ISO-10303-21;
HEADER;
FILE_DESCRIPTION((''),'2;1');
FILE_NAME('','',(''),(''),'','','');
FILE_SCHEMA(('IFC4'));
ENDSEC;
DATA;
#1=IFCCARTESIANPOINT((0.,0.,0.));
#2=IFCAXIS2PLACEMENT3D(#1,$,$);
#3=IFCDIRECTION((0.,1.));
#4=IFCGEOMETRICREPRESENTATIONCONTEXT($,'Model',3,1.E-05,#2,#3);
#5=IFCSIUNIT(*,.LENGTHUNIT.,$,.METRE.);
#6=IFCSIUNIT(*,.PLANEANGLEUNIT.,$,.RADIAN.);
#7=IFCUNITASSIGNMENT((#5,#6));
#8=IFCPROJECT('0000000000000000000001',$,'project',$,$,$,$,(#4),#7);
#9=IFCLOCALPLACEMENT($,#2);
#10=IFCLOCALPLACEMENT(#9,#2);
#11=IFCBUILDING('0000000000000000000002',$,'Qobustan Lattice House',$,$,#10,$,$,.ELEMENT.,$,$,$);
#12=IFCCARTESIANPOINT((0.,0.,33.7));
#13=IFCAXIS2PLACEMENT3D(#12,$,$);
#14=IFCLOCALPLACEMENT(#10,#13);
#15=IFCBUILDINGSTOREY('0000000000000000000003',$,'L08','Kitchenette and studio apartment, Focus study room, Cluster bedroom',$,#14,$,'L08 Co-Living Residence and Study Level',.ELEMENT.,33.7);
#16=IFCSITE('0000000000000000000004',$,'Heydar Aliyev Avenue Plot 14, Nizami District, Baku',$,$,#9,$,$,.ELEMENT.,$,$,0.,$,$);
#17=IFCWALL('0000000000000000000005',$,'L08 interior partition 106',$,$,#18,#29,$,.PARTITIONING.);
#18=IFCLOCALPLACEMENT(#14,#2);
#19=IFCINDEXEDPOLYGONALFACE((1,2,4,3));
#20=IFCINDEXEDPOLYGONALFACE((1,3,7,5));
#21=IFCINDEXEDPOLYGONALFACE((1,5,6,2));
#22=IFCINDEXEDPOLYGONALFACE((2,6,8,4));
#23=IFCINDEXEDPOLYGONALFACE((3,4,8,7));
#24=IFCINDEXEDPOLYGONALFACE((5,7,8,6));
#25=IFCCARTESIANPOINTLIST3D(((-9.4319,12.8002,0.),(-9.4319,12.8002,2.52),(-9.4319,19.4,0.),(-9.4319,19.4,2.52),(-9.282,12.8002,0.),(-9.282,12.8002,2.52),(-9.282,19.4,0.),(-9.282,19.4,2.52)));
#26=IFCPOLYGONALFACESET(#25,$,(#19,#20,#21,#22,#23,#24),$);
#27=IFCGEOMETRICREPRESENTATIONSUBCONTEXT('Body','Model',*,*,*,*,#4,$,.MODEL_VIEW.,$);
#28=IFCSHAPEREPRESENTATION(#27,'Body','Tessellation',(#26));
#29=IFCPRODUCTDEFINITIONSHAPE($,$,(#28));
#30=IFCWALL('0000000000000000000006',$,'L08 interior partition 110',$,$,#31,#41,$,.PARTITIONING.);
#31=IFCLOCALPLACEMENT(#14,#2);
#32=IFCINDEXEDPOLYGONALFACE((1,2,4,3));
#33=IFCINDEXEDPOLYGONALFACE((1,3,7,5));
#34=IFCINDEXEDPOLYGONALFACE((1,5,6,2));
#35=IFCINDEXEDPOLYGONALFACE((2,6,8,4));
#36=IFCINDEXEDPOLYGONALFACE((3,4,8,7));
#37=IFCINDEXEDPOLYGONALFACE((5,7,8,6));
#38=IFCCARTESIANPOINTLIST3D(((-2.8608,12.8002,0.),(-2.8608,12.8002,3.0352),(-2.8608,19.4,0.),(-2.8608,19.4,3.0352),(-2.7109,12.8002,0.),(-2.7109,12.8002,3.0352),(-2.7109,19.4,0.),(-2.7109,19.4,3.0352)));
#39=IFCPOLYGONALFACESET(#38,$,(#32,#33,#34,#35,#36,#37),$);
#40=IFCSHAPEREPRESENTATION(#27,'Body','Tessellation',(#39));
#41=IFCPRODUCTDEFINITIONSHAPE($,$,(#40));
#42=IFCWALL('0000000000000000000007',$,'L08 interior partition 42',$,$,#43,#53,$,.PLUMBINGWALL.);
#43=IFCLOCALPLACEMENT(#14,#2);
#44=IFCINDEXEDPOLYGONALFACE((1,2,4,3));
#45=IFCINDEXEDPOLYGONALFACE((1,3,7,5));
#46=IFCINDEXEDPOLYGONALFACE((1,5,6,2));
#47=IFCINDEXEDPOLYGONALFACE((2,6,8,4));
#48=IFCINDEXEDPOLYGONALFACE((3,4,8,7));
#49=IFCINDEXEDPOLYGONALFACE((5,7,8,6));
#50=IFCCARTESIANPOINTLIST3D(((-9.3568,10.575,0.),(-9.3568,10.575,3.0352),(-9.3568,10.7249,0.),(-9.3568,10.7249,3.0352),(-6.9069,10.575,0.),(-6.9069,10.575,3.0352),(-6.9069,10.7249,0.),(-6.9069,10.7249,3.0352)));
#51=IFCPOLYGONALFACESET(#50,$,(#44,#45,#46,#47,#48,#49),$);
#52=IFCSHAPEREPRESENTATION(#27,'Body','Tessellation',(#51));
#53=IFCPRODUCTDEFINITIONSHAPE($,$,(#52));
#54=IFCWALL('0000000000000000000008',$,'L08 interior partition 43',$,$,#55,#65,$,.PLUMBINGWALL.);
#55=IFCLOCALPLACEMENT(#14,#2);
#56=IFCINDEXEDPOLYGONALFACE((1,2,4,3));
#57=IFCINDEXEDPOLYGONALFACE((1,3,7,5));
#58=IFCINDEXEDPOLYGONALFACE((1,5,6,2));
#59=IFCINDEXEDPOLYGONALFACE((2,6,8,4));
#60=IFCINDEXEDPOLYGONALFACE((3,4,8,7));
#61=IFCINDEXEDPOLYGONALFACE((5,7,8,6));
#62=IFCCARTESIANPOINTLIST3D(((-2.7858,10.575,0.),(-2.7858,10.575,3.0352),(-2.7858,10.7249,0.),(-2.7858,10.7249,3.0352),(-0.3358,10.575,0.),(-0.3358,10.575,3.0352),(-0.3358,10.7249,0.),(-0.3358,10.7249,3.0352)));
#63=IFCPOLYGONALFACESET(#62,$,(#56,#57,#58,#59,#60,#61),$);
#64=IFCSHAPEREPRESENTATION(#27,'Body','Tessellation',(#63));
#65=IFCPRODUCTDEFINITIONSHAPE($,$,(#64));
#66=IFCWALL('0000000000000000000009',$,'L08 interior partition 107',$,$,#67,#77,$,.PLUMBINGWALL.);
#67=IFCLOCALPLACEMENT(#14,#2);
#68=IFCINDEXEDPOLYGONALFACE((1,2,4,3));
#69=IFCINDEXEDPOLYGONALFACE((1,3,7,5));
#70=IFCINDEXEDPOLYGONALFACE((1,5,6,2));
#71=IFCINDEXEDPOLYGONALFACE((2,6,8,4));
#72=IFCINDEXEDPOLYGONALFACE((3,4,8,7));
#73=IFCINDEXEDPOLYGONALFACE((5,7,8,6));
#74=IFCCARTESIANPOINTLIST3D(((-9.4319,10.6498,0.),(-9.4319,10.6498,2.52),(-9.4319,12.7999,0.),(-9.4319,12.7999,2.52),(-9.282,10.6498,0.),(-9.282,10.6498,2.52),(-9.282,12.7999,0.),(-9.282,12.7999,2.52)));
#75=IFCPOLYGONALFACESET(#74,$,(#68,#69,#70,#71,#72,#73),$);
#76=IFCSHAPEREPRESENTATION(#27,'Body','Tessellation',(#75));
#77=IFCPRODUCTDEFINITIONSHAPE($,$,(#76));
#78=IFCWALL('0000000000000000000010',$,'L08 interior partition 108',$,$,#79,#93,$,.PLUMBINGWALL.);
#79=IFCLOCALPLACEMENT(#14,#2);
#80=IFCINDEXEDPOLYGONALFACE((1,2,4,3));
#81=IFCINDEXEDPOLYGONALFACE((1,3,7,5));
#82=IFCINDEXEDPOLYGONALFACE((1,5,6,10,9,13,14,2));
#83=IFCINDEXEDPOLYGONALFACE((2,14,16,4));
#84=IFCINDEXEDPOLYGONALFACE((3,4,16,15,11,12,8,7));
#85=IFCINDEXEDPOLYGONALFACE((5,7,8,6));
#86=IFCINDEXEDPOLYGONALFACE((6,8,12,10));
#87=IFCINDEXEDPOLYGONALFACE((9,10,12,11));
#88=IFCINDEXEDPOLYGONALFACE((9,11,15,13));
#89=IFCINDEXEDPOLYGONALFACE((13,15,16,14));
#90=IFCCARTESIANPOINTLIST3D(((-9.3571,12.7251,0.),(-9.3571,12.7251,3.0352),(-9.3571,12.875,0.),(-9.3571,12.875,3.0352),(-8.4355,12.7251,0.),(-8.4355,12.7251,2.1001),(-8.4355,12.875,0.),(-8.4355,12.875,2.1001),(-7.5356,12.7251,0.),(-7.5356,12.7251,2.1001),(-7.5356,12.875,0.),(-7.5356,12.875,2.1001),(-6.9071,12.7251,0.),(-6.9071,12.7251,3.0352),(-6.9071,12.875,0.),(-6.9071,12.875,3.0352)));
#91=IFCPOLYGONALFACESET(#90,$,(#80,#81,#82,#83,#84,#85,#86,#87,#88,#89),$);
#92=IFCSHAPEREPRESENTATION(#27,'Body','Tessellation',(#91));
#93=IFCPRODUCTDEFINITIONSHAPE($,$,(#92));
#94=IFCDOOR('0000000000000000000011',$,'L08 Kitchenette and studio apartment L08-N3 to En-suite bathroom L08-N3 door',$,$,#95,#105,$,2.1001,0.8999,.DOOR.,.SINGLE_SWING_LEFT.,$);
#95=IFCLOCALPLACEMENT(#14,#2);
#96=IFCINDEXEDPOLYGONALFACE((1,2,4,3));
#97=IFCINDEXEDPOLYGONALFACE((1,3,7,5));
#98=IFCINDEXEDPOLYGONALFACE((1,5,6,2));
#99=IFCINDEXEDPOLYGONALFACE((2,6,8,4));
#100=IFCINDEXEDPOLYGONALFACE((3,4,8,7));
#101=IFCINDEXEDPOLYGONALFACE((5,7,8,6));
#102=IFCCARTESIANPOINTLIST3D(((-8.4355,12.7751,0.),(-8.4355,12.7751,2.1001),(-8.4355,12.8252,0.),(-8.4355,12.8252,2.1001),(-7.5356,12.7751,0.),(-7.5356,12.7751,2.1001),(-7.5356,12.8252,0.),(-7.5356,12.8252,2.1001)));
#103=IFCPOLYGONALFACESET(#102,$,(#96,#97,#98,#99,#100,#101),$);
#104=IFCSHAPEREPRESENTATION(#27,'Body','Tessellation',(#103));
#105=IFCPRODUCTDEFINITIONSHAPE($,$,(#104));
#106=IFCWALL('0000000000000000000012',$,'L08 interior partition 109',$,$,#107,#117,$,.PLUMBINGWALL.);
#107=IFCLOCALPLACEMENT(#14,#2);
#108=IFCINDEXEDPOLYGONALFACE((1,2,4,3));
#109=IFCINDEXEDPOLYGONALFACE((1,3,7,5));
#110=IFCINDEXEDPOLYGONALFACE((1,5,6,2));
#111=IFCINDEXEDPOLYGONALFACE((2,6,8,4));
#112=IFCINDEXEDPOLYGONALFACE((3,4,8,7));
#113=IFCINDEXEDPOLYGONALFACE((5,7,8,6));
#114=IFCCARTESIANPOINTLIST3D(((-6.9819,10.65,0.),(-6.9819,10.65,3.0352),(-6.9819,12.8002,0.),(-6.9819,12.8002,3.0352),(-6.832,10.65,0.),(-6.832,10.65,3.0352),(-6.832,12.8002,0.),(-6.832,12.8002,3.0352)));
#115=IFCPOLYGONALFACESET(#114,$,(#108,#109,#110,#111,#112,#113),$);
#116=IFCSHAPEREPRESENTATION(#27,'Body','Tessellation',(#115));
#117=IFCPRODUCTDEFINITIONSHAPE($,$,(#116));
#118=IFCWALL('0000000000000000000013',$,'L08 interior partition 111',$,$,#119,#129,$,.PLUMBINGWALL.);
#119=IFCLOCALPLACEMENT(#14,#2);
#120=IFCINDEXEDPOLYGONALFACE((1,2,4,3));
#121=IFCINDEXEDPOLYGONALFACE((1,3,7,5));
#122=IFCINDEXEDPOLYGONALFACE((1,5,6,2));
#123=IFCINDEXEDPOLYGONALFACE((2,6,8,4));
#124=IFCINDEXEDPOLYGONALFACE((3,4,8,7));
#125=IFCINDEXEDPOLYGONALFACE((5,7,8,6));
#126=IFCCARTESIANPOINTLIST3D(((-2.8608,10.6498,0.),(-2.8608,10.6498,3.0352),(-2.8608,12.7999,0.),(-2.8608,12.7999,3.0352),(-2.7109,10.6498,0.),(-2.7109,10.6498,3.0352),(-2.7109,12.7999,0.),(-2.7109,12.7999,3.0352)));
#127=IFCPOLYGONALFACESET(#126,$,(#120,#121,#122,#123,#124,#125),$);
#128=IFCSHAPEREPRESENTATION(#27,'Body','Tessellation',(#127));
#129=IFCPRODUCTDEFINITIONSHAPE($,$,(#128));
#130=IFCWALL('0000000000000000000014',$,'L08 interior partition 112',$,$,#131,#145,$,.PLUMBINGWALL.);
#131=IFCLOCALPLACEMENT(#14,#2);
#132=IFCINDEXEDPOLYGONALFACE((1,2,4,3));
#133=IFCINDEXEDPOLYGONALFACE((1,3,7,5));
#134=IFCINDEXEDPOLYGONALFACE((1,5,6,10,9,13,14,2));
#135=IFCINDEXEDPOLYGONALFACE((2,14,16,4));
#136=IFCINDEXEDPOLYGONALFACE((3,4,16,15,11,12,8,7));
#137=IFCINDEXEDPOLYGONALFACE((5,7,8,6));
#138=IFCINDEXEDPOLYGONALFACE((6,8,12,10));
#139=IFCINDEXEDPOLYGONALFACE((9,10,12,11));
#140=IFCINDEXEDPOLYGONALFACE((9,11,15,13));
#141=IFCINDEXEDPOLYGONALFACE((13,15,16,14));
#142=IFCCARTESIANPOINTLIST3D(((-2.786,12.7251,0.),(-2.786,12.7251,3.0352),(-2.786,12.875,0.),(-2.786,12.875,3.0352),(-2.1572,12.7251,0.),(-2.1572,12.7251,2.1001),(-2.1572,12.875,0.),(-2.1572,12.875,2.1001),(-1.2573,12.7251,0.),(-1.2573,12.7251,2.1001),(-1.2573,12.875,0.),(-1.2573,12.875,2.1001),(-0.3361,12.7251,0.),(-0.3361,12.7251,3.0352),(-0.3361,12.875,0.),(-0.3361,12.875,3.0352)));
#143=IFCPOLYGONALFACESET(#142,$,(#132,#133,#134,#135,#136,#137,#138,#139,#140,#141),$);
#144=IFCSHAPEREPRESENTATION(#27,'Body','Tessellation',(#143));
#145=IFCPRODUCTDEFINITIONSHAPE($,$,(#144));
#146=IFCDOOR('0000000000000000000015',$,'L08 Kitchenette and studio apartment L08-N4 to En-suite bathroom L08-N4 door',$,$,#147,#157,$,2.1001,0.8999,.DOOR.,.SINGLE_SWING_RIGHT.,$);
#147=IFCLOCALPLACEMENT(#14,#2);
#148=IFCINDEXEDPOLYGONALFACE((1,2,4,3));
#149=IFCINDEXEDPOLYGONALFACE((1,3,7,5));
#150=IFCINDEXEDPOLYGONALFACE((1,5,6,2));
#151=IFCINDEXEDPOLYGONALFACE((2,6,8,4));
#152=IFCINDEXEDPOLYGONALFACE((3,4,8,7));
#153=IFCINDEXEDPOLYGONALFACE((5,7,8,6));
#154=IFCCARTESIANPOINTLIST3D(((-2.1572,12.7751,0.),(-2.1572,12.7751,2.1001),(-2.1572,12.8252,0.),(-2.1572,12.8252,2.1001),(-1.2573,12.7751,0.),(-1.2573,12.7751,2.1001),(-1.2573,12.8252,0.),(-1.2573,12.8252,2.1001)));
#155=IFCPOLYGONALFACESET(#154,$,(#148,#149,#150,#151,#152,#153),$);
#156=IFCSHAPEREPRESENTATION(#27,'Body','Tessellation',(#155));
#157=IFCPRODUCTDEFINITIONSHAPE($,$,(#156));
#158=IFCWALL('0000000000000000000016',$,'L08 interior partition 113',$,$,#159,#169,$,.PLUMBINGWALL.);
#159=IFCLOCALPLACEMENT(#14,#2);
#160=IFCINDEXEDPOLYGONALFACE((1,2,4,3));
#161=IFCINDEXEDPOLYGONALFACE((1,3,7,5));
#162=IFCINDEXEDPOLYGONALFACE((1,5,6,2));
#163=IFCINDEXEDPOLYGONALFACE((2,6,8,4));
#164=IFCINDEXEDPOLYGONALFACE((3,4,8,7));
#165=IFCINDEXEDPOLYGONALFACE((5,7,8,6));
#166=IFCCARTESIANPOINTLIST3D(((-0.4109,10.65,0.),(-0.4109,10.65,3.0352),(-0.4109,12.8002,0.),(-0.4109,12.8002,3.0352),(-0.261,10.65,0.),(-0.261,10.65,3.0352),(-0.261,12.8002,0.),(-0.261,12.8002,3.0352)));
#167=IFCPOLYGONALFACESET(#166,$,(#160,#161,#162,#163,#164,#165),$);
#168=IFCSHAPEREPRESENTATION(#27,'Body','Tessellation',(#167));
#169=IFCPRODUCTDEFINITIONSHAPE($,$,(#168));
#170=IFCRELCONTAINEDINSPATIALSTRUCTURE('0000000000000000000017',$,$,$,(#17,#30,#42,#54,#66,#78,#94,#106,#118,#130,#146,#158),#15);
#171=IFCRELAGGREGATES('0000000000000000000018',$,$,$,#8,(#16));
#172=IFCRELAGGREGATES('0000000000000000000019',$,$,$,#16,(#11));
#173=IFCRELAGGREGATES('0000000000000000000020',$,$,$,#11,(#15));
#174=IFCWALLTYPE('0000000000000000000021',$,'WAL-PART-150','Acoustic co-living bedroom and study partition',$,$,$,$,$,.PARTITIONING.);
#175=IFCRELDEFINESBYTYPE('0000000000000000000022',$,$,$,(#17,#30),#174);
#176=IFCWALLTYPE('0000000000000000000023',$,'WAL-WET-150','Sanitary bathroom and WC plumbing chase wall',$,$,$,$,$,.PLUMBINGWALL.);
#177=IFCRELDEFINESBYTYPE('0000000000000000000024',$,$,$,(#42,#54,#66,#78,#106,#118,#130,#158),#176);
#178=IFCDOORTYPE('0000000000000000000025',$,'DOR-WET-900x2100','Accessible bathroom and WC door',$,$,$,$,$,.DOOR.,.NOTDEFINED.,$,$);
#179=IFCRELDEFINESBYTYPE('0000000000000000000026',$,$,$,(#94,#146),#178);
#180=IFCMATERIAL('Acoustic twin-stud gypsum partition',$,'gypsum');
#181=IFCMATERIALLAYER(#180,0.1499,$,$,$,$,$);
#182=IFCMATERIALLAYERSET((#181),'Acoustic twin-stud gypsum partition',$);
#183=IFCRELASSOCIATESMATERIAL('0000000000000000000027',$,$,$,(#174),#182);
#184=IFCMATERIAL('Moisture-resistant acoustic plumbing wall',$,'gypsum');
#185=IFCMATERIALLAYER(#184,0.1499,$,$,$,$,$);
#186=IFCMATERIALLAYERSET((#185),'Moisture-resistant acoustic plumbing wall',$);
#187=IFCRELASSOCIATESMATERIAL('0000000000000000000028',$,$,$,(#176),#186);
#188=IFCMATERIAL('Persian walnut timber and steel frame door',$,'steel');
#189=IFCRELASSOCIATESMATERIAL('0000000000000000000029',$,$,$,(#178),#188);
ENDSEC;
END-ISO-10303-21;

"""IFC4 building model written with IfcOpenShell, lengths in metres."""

from ifc_helpers import new_model, si_unit, direction, frame, frame_2d, origin, place, context, subcontext, project, spatial, rectangle, extrude, material, layer, layer_set, type_object, element, fill, save


model = new_model("IFC4")

# Units and contexts
model_context = context("Model", 3, precision=1e-05, world=origin(), true_north=direction((0.0, 1.0)))
body_context = subcontext(model_context, "Body", "Model", "MODEL_VIEW")
ifc_project = project(units=[si_unit("LENGTHUNIT", "METRE"), si_unit("PLANEANGLEUNIT", "RADIAN")], contexts=[model_context])

# Site, building, storey
site_placement = place(None, origin())
site = spatial("IfcSite", under=ifc_project, at=site_placement, Name="Heydar Aliyev Avenue Plot 14, Nizami District, Baku", CompositionType="ELEMENT", RefElevation=0.0)
building_placement = place(site_placement, origin())
building = spatial("IfcBuilding", under=site, at=building_placement, Name="Qobustan Lattice House", CompositionType="ELEMENT")
storey_placement = place(building_placement, frame((0.0, 0.0, 33.7)))
storey = spatial("IfcBuildingStorey", under=building, at=storey_placement, Name="L08", Description="Kitchenette and studio apartment, Focus study room, Cluster bedroom", LongName="L08 Co-Living Residence and Study Level", CompositionType="ELEMENT", Elevation=33.7)

# Shared definitions
ifc_material_1 = material(Name="Acoustic twin-stud gypsum partition", Category="gypsum")
ifc_layer_1 = layer(ifc_material_1, 0.1499)
ifc_layer_set_1 = layer_set([ifc_layer_1], Name="Acoustic twin-stud gypsum partition")
wall_type_1 = type_object("IfcWallType", Name="WAL-PART-150", Description="Acoustic co-living bedroom and study partition", PredefinedType="PARTITIONING", material=ifc_layer_set_1)

# Walls
wall_1_placement = place(storey_placement, frame((-9.3569, 19.3999, 0.0), z_axis=(0.0, 0.0, 1.0), x_axis=(0.0, -1.0, 0.0)))
element("IfcWall", 1, at=wall_1_placement, inside=storey, type_object=wall_type_1, Name="L08 interior partition 106", PredefinedType="PARTITIONING", context=body_context, shape_type="SweptSolid", body=[
    extrude(rectangle(XDim=6.5999, YDim=0.1499, at=frame_2d((3.2998, 0.0))), origin(), (0.0, 0.0, 1.0), 2.52),
])
wall_2_placement = place(storey_placement, frame((-2.7859, 19.3999, 0.0), z_axis=(0.0, 0.0, 1.0), x_axis=(0.0, -1.0, 0.0)))
element("IfcWall", 2, at=wall_2_placement, inside=storey, type_object=wall_type_1, Name="L08 interior partition 110", PredefinedType="PARTITIONING", context=body_context, shape_type="SweptSolid", body=[
    extrude(rectangle(XDim=6.5999, YDim=0.1499, at=frame_2d((3.2998, 0.0))), origin(), (0.0, 0.0, 1.0), 3.0352),
])
ifc_material_2 = material(Name="Moisture-resistant acoustic plumbing wall", Category="gypsum")
ifc_layer_2 = layer(ifc_material_2, 0.1499)
ifc_layer_set_2 = layer_set([ifc_layer_2], Name="Moisture-resistant acoustic plumbing wall")
wall_type_2 = type_object("IfcWallType", Name="WAL-WET-150", Description="Sanitary bathroom and WC plumbing chase wall", PredefinedType="PLUMBINGWALL", material=ifc_layer_set_2)
for number, where, z_axis, x_axis, name in (
    (3, (-9.3569, 10.6499, 0.0), (0.0, 0.0, 1.0), (1.0, 0.0, 0.0), "L08 interior partition 42"),
    (4, (-2.7859, 10.6499, 0.0), (0.0, 0.0, 1.0), (1.0, 0.0, 0.0), "L08 interior partition 43"),
):
    element("IfcWall", number, at=place(storey_placement, frame(where, z_axis=z_axis, x_axis=x_axis)), inside=storey, type_object=wall_type_2, Name=name, PredefinedType="PLUMBINGWALL", context=body_context, shape_type="SweptSolid", body=[
        extrude(rectangle(XDim=2.45, YDim=0.1499, at=frame_2d((1.2251, 0.0))), origin(), (0.0, 0.0, 1.0), 3.0352),
    ])
wall_3_placement = place(storey_placement, frame((-9.3569, 12.8, 0.0), z_axis=(0.0, 0.0, 1.0), x_axis=(0.0, -1.0, 0.0)))
element("IfcWall", 5, at=wall_3_placement, inside=storey, type_object=wall_type_2, Name="L08 interior partition 107", PredefinedType="PLUMBINGWALL", context=body_context, shape_type="SweptSolid", body=[
    extrude(rectangle(XDim=2.1501, YDim=0.1499, at=frame_2d((1.0752, 0.0))), origin(), (0.0, 0.0, 1.0), 2.52),
])

# Wall, opening, door
wall_4_placement = place(storey_placement, frame((-6.907, 12.8, 0.0), z_axis=(0.0, 0.0, 1.0), x_axis=(-1.0, 0.0, 0.0)))
wall_4 = element("IfcWall", 6, at=wall_4_placement, inside=storey, type_object=wall_type_2, Name="L08 interior partition 108", PredefinedType="PLUMBINGWALL", context=body_context, shape_type="SweptSolid", body=[
    extrude(rectangle(XDim=2.45, YDim=0.1499, at=frame_2d((1.2251, 0.0))), origin(), (0.0, 0.0, 1.0), 3.0352),
])
opening_1_placement = place(wall_4_placement, frame((0.6287, 0.0, 0.0)))
opening_1 = element("IfcOpeningElement", 7, at=opening_1_placement, cuts=wall_4, PredefinedType="OPENING", context=body_context, shape_type="SweptSolid", body=[
    extrude(rectangle(XDim=0.8999, YDim=2.1001, at=frame_2d((0.45, 1.05))), frame((0.0, 0.085, 0.0), z_axis=(0.0, -1.0, 0.0), x_axis=(1.0, 0.0, 0.0)), (0.0, 0.0, 1.0), 0.1699),
])
ifc_material_3 = material(Name="Persian walnut timber and steel frame door", Category="steel")
door_type_1 = type_object("IfcDoorType", Name="DOR-WET-900x2100", Description="Accessible bathroom and WC door", OperationType="NOTDEFINED", PredefinedType="DOOR", material=ifc_material_3)
door_1_placement = place(opening_1_placement, origin())
door_1 = element("IfcDoor", 8, at=door_1_placement, inside=storey, type_object=door_type_1, Name="L08 Kitchenette and studio apartment L08-N3 to En-suite bathroom L08-N3 door", OperationType="SINGLE_SWING_LEFT", OverallHeight=2.1001, OverallWidth=0.8999, PredefinedType="DOOR", context=body_context, shape_type="SweptSolid", body=[
    extrude(rectangle(XDim=0.8999, YDim=2.1001, at=frame_2d((0.45, 1.05))), frame((0.0, 0.0249, 0.0), z_axis=(0.0, -1.0, 0.0), x_axis=(1.0, 0.0, 0.0)), (0.0, 0.0, 1.0), 0.05),
])
fill(opening_1, door_1)

# Walls
for number, where, z_axis, x_axis, name in (
    (9, (-6.907, 10.6499, 0.0), (0.0, 0.0, 1.0), (0.0, 1.0, 0.0), "L08 interior partition 109"),
    (10, (-2.7859, 12.8, 0.0), (0.0, 0.0, 1.0), (0.0, -1.0, 0.0), "L08 interior partition 111"),
):
    element("IfcWall", number, at=place(storey_placement, frame(where, z_axis=z_axis, x_axis=x_axis)), inside=storey, type_object=wall_type_2, Name=name, PredefinedType="PLUMBINGWALL", context=body_context, shape_type="SweptSolid", body=[
        extrude(rectangle(XDim=2.1501, YDim=0.1499, at=frame_2d((1.0752, 0.0))), origin(), (0.0, 0.0, 1.0), 3.0352),
    ])

# Wall, opening, door
wall_5_placement = place(storey_placement, frame((-0.3359, 12.8, 0.0), z_axis=(0.0, 0.0, 1.0), x_axis=(-1.0, 0.0, 0.0)))
wall_5 = element("IfcWall", 11, at=wall_5_placement, inside=storey, type_object=wall_type_2, Name="L08 interior partition 112", PredefinedType="PLUMBINGWALL", context=body_context, shape_type="SweptSolid", body=[
    extrude(rectangle(XDim=2.45, YDim=0.1499, at=frame_2d((1.2251, 0.0))), origin(), (0.0, 0.0, 1.0), 3.0352),
])
opening_2_placement = place(wall_5_placement, frame((0.9214, 0.0, 0.0)))
opening_2 = element("IfcOpeningElement", 12, at=opening_2_placement, cuts=wall_5, PredefinedType="OPENING", context=body_context, shape_type="SweptSolid", body=[
    extrude(rectangle(XDim=0.8999, YDim=2.1001, at=frame_2d((0.45, 1.05))), frame((0.0, 0.085, 0.0), z_axis=(0.0, -1.0, 0.0), x_axis=(1.0, 0.0, 0.0)), (0.0, 0.0, 1.0), 0.1699),
])
door_2_placement = place(opening_2_placement, origin())
door_2 = element("IfcDoor", 13, at=door_2_placement, inside=storey, type_object=door_type_1, Name="L08 Kitchenette and studio apartment L08-N4 to En-suite bathroom L08-N4 door", OperationType="SINGLE_SWING_RIGHT", OverallHeight=2.1001, OverallWidth=0.8999, PredefinedType="DOOR", context=body_context, shape_type="SweptSolid", body=[
    extrude(rectangle(XDim=0.8999, YDim=2.1001, at=frame_2d((0.45, 1.05))), frame((0.0, 0.0249, 0.0), z_axis=(0.0, -1.0, 0.0), x_axis=(1.0, 0.0, 0.0)), (0.0, 0.0, 1.0), 0.05),
])
fill(opening_2, door_2)

# Wall
wall_6_placement = place(storey_placement, frame((-0.3359, 10.6499, 0.0), z_axis=(0.0, 0.0, 1.0), x_axis=(0.0, 1.0, 0.0)))
element("IfcWall", 14, at=wall_6_placement, inside=storey, type_object=wall_type_2, Name="L08 interior partition 113", PredefinedType="PLUMBINGWALL", context=body_context, shape_type="SweptSolid", body=[
    extrude(rectangle(XDim=2.1501, YDim=0.1499, at=frame_2d((1.0752, 0.0))), origin(), (0.0, 0.0, 1.0), 3.0352),
])

save(model, "model.ifc")
